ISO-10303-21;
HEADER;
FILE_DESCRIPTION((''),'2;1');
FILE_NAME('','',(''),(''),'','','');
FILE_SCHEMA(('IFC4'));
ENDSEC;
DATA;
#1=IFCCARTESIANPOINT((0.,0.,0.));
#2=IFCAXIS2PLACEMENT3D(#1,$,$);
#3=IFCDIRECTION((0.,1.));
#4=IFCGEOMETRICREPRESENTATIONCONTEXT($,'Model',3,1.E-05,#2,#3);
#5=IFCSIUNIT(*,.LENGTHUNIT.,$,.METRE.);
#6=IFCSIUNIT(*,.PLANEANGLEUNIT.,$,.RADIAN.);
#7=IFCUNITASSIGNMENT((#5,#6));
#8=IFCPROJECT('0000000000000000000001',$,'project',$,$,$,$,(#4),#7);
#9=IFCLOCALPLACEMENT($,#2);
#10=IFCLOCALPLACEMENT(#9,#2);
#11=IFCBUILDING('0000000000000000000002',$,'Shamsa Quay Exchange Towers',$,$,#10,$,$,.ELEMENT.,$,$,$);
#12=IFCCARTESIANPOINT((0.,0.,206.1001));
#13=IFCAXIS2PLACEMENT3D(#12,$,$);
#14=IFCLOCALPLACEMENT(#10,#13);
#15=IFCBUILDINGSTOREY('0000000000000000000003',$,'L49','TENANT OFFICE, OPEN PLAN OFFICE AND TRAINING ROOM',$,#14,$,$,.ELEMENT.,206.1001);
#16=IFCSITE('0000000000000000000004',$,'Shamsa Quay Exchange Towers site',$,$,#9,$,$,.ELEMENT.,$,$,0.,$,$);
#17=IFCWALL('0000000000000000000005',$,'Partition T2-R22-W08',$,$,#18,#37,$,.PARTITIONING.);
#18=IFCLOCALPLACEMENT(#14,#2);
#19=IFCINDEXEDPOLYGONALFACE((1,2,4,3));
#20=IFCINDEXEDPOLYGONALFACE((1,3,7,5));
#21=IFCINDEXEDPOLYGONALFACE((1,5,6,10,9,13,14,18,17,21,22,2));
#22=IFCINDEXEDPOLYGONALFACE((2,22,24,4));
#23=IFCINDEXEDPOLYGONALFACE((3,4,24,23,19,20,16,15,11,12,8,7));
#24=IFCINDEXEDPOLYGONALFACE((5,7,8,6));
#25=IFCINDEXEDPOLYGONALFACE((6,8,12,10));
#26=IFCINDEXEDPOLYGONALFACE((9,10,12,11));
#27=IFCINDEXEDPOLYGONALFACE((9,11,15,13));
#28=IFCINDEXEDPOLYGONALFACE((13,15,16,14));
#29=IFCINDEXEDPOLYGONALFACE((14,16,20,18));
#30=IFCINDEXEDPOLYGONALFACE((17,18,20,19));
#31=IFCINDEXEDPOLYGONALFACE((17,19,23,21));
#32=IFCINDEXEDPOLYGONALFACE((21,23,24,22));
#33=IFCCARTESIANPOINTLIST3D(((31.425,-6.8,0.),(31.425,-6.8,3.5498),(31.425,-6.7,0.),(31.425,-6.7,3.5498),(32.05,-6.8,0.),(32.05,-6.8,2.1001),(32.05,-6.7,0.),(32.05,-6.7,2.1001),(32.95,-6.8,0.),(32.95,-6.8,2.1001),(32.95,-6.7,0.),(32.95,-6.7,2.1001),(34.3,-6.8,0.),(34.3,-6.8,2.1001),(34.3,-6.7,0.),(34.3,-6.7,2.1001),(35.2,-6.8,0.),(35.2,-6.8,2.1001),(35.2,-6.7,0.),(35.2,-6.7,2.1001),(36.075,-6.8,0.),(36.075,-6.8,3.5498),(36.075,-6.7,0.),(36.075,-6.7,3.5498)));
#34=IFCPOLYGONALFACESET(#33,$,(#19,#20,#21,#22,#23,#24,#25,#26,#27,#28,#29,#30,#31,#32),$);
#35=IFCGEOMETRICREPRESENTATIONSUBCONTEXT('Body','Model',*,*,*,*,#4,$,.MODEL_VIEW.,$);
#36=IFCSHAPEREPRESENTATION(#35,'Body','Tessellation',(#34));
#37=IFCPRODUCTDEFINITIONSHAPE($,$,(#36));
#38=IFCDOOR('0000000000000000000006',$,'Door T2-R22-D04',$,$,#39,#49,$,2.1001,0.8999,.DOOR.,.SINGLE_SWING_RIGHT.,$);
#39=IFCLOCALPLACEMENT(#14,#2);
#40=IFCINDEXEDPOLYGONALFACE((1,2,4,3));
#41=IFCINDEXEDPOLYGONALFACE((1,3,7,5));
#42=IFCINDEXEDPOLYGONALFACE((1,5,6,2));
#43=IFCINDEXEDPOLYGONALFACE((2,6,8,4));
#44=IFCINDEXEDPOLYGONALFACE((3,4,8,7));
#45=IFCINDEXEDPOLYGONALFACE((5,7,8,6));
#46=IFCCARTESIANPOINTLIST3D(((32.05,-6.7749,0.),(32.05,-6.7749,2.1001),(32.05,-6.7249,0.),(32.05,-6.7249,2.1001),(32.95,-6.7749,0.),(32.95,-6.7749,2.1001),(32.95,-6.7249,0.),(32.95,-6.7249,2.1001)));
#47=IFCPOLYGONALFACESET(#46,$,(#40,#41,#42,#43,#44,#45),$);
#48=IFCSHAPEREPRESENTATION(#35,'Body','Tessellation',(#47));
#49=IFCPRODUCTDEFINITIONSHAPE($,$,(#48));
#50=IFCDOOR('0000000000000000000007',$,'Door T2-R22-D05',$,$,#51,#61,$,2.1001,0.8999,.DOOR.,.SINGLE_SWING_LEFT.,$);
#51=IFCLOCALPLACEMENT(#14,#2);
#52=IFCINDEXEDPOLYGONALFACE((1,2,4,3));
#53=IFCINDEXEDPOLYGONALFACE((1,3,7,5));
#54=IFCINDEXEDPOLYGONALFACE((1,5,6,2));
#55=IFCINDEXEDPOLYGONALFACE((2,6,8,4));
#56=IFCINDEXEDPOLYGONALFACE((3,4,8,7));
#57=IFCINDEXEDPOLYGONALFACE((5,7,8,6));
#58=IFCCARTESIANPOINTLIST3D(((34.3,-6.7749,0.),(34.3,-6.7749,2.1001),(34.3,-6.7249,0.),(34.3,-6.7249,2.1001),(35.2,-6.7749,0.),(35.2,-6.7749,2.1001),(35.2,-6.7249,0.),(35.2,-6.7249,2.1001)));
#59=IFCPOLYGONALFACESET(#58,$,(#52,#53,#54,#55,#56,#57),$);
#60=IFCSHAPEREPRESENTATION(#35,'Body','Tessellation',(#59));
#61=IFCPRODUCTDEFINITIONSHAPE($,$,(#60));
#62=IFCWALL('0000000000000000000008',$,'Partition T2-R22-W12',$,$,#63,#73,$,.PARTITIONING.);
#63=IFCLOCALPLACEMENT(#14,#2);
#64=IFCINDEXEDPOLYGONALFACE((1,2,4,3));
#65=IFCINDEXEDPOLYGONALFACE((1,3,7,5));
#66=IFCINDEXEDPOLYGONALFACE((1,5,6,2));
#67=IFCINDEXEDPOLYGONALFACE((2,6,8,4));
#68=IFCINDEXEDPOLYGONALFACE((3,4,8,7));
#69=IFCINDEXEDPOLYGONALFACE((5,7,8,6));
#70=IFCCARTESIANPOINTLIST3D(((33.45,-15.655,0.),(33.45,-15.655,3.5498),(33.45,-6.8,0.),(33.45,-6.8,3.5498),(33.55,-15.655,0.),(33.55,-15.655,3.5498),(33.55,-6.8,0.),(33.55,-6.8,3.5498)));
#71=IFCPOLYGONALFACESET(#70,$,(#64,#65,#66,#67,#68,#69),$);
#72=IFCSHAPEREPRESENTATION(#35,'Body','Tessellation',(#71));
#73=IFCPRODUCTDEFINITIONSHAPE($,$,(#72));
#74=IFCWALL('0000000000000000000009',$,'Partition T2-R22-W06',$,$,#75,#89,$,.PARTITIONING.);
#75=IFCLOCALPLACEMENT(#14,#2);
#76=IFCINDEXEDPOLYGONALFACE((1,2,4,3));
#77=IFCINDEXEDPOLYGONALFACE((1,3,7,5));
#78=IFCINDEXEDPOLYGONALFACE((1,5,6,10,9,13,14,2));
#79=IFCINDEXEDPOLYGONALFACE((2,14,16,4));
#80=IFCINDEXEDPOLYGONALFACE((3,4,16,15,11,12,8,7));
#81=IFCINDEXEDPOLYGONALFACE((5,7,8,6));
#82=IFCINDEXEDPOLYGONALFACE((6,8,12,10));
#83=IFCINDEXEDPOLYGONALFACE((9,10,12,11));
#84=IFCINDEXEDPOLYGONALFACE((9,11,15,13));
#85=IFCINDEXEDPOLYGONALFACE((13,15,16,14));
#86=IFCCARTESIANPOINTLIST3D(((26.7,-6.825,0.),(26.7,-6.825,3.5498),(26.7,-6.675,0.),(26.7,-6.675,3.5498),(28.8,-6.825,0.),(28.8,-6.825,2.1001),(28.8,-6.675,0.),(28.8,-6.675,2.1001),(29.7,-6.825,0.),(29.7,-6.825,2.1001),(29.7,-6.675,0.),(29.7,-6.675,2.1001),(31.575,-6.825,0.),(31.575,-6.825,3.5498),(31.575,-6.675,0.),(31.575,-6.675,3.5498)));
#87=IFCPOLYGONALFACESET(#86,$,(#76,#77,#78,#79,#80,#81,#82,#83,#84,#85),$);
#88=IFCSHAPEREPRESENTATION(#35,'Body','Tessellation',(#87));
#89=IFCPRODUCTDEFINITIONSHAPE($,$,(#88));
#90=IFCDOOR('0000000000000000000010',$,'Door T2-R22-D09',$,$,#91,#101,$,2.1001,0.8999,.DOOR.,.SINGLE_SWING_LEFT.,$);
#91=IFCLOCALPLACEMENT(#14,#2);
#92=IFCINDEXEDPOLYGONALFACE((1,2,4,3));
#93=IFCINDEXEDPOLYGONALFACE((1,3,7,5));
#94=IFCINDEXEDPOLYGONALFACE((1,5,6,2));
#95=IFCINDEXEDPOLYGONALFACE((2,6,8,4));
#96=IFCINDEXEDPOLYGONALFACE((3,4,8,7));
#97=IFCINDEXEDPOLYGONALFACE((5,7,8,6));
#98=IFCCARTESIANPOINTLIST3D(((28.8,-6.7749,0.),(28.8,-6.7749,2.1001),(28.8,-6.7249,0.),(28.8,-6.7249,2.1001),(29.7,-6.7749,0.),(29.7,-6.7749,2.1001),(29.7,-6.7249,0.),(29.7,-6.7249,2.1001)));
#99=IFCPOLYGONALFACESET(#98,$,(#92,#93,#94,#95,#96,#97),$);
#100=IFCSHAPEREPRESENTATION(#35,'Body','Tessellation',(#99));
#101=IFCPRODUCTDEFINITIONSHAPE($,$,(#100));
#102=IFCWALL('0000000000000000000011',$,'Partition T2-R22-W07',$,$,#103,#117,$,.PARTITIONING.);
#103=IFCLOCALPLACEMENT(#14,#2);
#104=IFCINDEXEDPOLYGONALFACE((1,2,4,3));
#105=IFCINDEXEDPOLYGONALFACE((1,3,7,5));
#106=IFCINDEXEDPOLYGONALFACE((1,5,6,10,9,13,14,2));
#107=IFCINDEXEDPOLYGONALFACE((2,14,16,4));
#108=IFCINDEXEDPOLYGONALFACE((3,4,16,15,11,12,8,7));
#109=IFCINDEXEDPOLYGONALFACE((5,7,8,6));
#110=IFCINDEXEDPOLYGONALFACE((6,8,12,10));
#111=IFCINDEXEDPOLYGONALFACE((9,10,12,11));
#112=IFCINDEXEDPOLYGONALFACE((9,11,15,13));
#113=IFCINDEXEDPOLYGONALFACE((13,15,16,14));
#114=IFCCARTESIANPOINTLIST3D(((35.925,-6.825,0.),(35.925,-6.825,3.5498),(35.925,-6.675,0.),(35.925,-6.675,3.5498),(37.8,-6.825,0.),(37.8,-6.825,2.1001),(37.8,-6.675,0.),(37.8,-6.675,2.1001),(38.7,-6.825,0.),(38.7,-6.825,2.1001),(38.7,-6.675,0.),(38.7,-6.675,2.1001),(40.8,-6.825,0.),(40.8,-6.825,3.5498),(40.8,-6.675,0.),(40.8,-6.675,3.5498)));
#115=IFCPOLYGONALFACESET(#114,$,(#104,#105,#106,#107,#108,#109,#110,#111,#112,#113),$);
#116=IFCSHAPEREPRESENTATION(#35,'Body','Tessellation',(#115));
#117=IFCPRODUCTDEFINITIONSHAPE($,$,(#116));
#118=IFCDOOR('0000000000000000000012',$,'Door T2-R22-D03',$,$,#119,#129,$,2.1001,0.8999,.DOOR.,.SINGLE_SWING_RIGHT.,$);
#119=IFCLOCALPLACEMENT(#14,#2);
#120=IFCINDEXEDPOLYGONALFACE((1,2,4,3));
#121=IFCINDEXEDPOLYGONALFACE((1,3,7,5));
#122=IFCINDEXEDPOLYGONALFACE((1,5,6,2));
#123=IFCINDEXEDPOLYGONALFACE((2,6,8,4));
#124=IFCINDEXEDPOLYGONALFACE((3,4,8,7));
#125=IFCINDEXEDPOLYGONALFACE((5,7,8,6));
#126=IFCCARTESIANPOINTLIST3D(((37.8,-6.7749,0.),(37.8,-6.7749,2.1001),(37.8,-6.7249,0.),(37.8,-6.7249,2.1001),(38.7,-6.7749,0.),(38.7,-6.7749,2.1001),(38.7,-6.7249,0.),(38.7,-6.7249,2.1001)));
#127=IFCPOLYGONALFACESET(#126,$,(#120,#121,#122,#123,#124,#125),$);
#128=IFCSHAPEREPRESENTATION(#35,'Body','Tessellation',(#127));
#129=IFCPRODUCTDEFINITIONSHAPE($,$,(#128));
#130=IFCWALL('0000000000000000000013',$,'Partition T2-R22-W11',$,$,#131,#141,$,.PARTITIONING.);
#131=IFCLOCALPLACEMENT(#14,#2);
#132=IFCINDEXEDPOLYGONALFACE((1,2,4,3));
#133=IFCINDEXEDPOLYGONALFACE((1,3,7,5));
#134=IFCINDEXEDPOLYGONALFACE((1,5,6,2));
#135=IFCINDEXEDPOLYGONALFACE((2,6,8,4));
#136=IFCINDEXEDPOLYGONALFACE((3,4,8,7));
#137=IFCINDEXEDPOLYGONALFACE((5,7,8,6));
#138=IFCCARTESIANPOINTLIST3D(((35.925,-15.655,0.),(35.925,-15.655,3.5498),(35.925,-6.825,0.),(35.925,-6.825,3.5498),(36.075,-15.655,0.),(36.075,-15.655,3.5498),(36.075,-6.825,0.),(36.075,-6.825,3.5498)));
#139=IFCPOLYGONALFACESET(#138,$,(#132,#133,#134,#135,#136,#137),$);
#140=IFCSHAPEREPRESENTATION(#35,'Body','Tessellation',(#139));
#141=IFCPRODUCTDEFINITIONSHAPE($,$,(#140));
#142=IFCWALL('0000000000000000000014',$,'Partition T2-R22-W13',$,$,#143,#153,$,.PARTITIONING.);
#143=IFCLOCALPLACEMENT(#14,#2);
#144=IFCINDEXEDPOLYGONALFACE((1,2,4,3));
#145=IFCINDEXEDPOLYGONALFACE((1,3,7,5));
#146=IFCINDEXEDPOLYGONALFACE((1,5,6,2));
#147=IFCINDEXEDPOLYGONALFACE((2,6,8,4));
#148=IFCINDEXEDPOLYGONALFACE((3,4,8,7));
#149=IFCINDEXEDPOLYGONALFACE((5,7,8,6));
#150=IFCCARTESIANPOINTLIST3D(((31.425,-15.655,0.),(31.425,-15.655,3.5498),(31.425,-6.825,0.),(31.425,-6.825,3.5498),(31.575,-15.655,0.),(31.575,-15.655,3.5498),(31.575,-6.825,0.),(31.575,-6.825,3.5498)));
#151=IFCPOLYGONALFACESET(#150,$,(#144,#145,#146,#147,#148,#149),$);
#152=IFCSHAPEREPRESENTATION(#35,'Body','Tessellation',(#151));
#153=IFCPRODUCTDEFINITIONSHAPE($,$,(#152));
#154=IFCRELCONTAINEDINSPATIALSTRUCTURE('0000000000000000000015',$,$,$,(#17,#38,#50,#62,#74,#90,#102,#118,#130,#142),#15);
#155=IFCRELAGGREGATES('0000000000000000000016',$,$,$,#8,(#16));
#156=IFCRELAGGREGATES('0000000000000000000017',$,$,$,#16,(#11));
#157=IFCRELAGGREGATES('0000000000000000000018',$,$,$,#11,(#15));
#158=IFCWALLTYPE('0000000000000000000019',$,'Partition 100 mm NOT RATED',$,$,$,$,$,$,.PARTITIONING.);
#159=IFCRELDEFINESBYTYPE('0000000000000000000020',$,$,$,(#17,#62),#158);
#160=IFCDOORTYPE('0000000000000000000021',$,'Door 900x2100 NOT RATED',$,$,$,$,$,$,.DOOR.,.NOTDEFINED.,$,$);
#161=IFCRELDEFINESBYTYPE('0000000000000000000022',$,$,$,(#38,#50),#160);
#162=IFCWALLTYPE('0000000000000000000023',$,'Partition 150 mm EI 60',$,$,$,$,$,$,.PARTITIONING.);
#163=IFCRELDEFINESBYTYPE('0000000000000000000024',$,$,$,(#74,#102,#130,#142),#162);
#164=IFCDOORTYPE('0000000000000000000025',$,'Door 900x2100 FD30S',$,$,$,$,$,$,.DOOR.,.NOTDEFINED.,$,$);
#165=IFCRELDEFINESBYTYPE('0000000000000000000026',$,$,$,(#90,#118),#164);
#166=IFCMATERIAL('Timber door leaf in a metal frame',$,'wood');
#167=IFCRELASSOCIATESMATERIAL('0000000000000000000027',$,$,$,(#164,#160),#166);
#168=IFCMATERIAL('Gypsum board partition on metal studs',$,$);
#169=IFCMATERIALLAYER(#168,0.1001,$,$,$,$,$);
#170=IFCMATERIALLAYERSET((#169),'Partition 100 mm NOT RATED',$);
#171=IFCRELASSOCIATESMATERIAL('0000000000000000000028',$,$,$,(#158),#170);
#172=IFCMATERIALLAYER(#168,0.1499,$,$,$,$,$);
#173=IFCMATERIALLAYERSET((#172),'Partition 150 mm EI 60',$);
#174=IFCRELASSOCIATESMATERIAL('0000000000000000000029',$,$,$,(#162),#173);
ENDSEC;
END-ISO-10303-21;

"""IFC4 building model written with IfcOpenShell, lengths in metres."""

from ifc_helpers import new_model, si_unit, direction, frame, frame_2d, origin, place, context, subcontext, project, spatial, rectangle, extrude, material, layer, layer_set, type_object, element, fill, save


model = new_model("IFC4")

# Units and contexts
model_context = context("Model", 3, precision=1e-05, world=origin(), true_north=direction((0.0, 1.0)))
body_context = subcontext(model_context, "Body", "Model", "MODEL_VIEW")
ifc_project = project(units=[si_unit("LENGTHUNIT", "METRE"), si_unit("PLANEANGLEUNIT", "RADIAN")], contexts=[model_context])

# Site, building, storey
site_placement = place(None, origin())
site = spatial("IfcSite", under=ifc_project, at=site_placement, Name="Shamsa Quay Exchange Towers site", CompositionType="ELEMENT", RefElevation=0.0)
building_placement = place(site_placement, origin())
building = spatial("IfcBuilding", under=site, at=building_placement, Name="Shamsa Quay Exchange Towers", CompositionType="ELEMENT")
storey_placement = place(building_placement, frame((0.0, 0.0, 206.1001)))
storey = spatial("IfcBuildingStorey", under=building, at=storey_placement, Name="L49", Description="TENANT OFFICE, OPEN PLAN OFFICE AND TRAINING ROOM", CompositionType="ELEMENT", Elevation=206.1001)

# Shared definitions
ifc_material_1 = material(Name="Timber door leaf in a metal frame", Category="wood")
door_type_1 = type_object("IfcDoorType", Name="Door 900x2100 FD30S", OperationType="NOTDEFINED", PredefinedType="DOOR", material=ifc_material_1)

# Wall, openings, doors
ifc_material_2 = material(Name="Gypsum board partition on metal studs")
ifc_layer_1 = layer(ifc_material_2, 0.1001)
ifc_layer_set_1 = layer_set([ifc_layer_1], Name="Partition 100 mm NOT RATED")
wall_type_1 = type_object("IfcWallType", Name="Partition 100 mm NOT RATED", PredefinedType="PARTITIONING", material=ifc_layer_set_1)
wall_1_placement = place(storey_placement, frame((36.075, -6.75, 0.0), z_axis=(0.0, 0.0, 1.0), x_axis=(-1.0, 0.0, 0.0)))
wall_1 = element("IfcWall", 1, at=wall_1_placement, inside=storey, type_object=wall_type_1, Name="Partition T2-R22-W08", PredefinedType="PARTITIONING", context=body_context, shape_type="SweptSolid", body=[
    extrude(rectangle(XDim=4.6499, YDim=0.1001, at=frame_2d((2.325, 0.0))), origin(), (0.0, 0.0, 1.0), 3.5498),
])
opening_1_placement = place(wall_1_placement, frame((3.125, 0.0, 0.0)))
opening_1 = element("IfcOpeningElement", 2, at=opening_1_placement, cuts=wall_1, PredefinedType="OPENING", context=body_context, shape_type="SweptSolid", body=[
    extrude(rectangle(XDim=0.8999, YDim=2.1001, at=frame_2d((0.45, 1.05))), frame((0.0, 0.0601, 0.0), z_axis=(0.0, -1.0, 0.0), x_axis=(1.0, 0.0, 0.0)), (0.0, 0.0, 1.0), 0.1201),
])
opening_2_placement = place(wall_1_placement, frame((0.875, 0.0, 0.0)))
opening_2 = element("IfcOpeningElement", 3, at=opening_2_placement, cuts=wall_1, PredefinedType="OPENING", context=body_context, shape_type="SweptSolid", body=[
    extrude(rectangle(XDim=0.8999, YDim=2.1001, at=frame_2d((0.45, 1.05))), frame((0.0, 0.0601, 0.0), z_axis=(0.0, -1.0, 0.0), x_axis=(1.0, 0.0, 0.0)), (0.0, 0.0, 1.0), 0.1201),
])
door_type_2 = type_object("IfcDoorType", Name="Door 900x2100 NOT RATED", OperationType="NOTDEFINED", PredefinedType="DOOR", material=ifc_material_1)
door_1_placement = place(opening_1_placement, origin())
door_1 = element("IfcDoor", 4, at=door_1_placement, inside=storey, type_object=door_type_2, Name="Door T2-R22-D04", OperationType="SINGLE_SWING_RIGHT", OverallHeight=2.1001, OverallWidth=0.8999, PredefinedType="DOOR", context=body_context, shape_type="SweptSolid", body=[
    extrude(rectangle(XDim=0.8999, YDim=2.1001, at=frame_2d((0.45, 1.05))), frame((0.0, 0.0249, 0.0), z_axis=(0.0, -1.0, 0.0), x_axis=(1.0, 0.0, 0.0)), (0.0, 0.0, 1.0), 0.05),
])
fill(opening_1, door_1)
door_2_placement = place(opening_2_placement, origin())
door_2 = element("IfcDoor", 5, at=door_2_placement, inside=storey, type_object=door_type_2, Name="Door T2-R22-D05", OperationType="SINGLE_SWING_LEFT", OverallHeight=2.1001, OverallWidth=0.8999, PredefinedType="DOOR", context=body_context, shape_type="SweptSolid", body=[
    extrude(rectangle(XDim=0.8999, YDim=2.1001, at=frame_2d((0.45, 1.05))), frame((0.0, 0.0249, 0.0), z_axis=(0.0, -1.0, 0.0), x_axis=(1.0, 0.0, 0.0)), (0.0, 0.0, 1.0), 0.05),
])
fill(opening_2, door_2)

# Wall
wall_2_placement = place(storey_placement, frame((33.5, -6.8, 0.0), z_axis=(0.0, 0.0, 1.0), x_axis=(0.0, -1.0, 0.0)))
element("IfcWall", 6, at=wall_2_placement, inside=storey, type_object=wall_type_1, Name="Partition T2-R22-W12", PredefinedType="PARTITIONING", context=body_context, shape_type="SweptSolid", body=[
    extrude(rectangle(XDim=8.855, YDim=0.1001, at=frame_2d((4.4275, 0.0))), origin(), (0.0, 0.0, 1.0), 3.5498),
])

# Walls, openings, doors
ifc_layer_2 = layer(ifc_material_2, 0.1499)
ifc_layer_set_2 = layer_set([ifc_layer_2], Name="Partition 150 mm EI 60")
wall_type_2 = type_object("IfcWallType", Name="Partition 150 mm EI 60", PredefinedType="PARTITIONING", material=ifc_layer_set_2)
wall_3_placement = place(storey_placement, frame((31.575, -6.75, 0.0), z_axis=(0.0, 0.0, 1.0), x_axis=(-1.0, 0.0, 0.0)))
wall_3 = element("IfcWall", 7, at=wall_3_placement, inside=storey, type_object=wall_type_2, Name="Partition T2-R22-W06", PredefinedType="PARTITIONING", context=body_context, shape_type="SweptSolid", body=[
    extrude(rectangle(XDim=4.875, YDim=0.1499, at=frame_2d((2.4375, 0.0))), origin(), (0.0, 0.0, 1.0), 3.5498),
])
opening_3_placement = place(wall_3_placement, frame((1.875, 0.0, 0.0)))
opening_3 = element("IfcOpeningElement", 8, at=opening_3_placement, cuts=wall_3, PredefinedType="OPENING", context=body_context, shape_type="SweptSolid", body=[
    extrude(rectangle(XDim=0.8999, YDim=2.1001, at=frame_2d((0.45, 1.05))), frame((0.0, 0.085, 0.0), z_axis=(0.0, -1.0, 0.0), x_axis=(1.0, 0.0, 0.0)), (0.0, 0.0, 1.0), 0.1699),
])
door_3_placement = place(opening_3_placement, origin())
door_3 = element("IfcDoor", 9, at=door_3_placement, inside=storey, type_object=door_type_1, Name="Door T2-R22-D09", OperationType="SINGLE_SWING_LEFT", OverallHeight=2.1001, OverallWidth=0.8999, PredefinedType="DOOR", context=body_context, shape_type="SweptSolid", body=[
    extrude(rectangle(XDim=0.8999, YDim=2.1001, at=frame_2d((0.45, 1.05))), frame((0.0, 0.0249, 0.0), z_axis=(0.0, -1.0, 0.0), x_axis=(1.0, 0.0, 0.0)), (0.0, 0.0, 1.0), 0.05),
])
fill(opening_3, door_3)
wall_4_placement = place(storey_placement, frame((40.8, -6.75, 0.0), z_axis=(0.0, 0.0, 1.0), x_axis=(-1.0, 0.0, 0.0)))
wall_4 = element("IfcWall", 10, at=wall_4_placement, inside=storey, type_object=wall_type_2, Name="Partition T2-R22-W07", PredefinedType="PARTITIONING", context=body_context, shape_type="SweptSolid", body=[
    extrude(rectangle(XDim=4.875, YDim=0.1499, at=frame_2d((2.4375, 0.0))), origin(), (0.0, 0.0, 1.0), 3.5498),
])
opening_4_placement = place(wall_4_placement, frame((2.1001, 0.0, 0.0)))
opening_4 = element("IfcOpeningElement", 11, at=opening_4_placement, cuts=wall_4, PredefinedType="OPENING", context=body_context, shape_type="SweptSolid", body=[
    extrude(rectangle(XDim=0.8999, YDim=2.1001, at=frame_2d((0.45, 1.05))), frame((0.0, 0.085, 0.0), z_axis=(0.0, -1.0, 0.0), x_axis=(1.0, 0.0, 0.0)), (0.0, 0.0, 1.0), 0.1699),
])
door_4_placement = place(opening_4_placement, origin())
door_4 = element("IfcDoor", 12, at=door_4_placement, inside=storey, type_object=door_type_1, Name="Door T2-R22-D03", OperationType="SINGLE_SWING_RIGHT", OverallHeight=2.1001, OverallWidth=0.8999, PredefinedType="DOOR", context=body_context, shape_type="SweptSolid", body=[
    extrude(rectangle(XDim=0.8999, YDim=2.1001, at=frame_2d((0.45, 1.05))), frame((0.0, 0.0249, 0.0), z_axis=(0.0, -1.0, 0.0), x_axis=(1.0, 0.0, 0.0)), (0.0, 0.0, 1.0), 0.05),
])
fill(opening_4, door_4)

# Walls
for number, where, z_axis, x_axis, name in (
    (13, (36.0, -6.825, 0.0), (0.0, 0.0, 1.0), (0.0, -1.0, 0.0), "Partition T2-R22-W11"),
    (14, (31.5, -6.825, 0.0), (0.0, 0.0, 1.0), (0.0, -1.0, 0.0), "Partition T2-R22-W13"),
):
    element("IfcWall", number, at=place(storey_placement, frame(where, z_axis=z_axis, x_axis=x_axis)), inside=storey, type_object=wall_type_2, Name=name, PredefinedType="PARTITIONING", context=body_context, shape_type="SweptSolid", body=[
        extrude(rectangle(XDim=8.8301, YDim=0.1499, at=frame_2d((4.415, 0.0))), origin(), (0.0, 0.0, 1.0), 3.5498),
    ])

save(model, "model.ifc")
